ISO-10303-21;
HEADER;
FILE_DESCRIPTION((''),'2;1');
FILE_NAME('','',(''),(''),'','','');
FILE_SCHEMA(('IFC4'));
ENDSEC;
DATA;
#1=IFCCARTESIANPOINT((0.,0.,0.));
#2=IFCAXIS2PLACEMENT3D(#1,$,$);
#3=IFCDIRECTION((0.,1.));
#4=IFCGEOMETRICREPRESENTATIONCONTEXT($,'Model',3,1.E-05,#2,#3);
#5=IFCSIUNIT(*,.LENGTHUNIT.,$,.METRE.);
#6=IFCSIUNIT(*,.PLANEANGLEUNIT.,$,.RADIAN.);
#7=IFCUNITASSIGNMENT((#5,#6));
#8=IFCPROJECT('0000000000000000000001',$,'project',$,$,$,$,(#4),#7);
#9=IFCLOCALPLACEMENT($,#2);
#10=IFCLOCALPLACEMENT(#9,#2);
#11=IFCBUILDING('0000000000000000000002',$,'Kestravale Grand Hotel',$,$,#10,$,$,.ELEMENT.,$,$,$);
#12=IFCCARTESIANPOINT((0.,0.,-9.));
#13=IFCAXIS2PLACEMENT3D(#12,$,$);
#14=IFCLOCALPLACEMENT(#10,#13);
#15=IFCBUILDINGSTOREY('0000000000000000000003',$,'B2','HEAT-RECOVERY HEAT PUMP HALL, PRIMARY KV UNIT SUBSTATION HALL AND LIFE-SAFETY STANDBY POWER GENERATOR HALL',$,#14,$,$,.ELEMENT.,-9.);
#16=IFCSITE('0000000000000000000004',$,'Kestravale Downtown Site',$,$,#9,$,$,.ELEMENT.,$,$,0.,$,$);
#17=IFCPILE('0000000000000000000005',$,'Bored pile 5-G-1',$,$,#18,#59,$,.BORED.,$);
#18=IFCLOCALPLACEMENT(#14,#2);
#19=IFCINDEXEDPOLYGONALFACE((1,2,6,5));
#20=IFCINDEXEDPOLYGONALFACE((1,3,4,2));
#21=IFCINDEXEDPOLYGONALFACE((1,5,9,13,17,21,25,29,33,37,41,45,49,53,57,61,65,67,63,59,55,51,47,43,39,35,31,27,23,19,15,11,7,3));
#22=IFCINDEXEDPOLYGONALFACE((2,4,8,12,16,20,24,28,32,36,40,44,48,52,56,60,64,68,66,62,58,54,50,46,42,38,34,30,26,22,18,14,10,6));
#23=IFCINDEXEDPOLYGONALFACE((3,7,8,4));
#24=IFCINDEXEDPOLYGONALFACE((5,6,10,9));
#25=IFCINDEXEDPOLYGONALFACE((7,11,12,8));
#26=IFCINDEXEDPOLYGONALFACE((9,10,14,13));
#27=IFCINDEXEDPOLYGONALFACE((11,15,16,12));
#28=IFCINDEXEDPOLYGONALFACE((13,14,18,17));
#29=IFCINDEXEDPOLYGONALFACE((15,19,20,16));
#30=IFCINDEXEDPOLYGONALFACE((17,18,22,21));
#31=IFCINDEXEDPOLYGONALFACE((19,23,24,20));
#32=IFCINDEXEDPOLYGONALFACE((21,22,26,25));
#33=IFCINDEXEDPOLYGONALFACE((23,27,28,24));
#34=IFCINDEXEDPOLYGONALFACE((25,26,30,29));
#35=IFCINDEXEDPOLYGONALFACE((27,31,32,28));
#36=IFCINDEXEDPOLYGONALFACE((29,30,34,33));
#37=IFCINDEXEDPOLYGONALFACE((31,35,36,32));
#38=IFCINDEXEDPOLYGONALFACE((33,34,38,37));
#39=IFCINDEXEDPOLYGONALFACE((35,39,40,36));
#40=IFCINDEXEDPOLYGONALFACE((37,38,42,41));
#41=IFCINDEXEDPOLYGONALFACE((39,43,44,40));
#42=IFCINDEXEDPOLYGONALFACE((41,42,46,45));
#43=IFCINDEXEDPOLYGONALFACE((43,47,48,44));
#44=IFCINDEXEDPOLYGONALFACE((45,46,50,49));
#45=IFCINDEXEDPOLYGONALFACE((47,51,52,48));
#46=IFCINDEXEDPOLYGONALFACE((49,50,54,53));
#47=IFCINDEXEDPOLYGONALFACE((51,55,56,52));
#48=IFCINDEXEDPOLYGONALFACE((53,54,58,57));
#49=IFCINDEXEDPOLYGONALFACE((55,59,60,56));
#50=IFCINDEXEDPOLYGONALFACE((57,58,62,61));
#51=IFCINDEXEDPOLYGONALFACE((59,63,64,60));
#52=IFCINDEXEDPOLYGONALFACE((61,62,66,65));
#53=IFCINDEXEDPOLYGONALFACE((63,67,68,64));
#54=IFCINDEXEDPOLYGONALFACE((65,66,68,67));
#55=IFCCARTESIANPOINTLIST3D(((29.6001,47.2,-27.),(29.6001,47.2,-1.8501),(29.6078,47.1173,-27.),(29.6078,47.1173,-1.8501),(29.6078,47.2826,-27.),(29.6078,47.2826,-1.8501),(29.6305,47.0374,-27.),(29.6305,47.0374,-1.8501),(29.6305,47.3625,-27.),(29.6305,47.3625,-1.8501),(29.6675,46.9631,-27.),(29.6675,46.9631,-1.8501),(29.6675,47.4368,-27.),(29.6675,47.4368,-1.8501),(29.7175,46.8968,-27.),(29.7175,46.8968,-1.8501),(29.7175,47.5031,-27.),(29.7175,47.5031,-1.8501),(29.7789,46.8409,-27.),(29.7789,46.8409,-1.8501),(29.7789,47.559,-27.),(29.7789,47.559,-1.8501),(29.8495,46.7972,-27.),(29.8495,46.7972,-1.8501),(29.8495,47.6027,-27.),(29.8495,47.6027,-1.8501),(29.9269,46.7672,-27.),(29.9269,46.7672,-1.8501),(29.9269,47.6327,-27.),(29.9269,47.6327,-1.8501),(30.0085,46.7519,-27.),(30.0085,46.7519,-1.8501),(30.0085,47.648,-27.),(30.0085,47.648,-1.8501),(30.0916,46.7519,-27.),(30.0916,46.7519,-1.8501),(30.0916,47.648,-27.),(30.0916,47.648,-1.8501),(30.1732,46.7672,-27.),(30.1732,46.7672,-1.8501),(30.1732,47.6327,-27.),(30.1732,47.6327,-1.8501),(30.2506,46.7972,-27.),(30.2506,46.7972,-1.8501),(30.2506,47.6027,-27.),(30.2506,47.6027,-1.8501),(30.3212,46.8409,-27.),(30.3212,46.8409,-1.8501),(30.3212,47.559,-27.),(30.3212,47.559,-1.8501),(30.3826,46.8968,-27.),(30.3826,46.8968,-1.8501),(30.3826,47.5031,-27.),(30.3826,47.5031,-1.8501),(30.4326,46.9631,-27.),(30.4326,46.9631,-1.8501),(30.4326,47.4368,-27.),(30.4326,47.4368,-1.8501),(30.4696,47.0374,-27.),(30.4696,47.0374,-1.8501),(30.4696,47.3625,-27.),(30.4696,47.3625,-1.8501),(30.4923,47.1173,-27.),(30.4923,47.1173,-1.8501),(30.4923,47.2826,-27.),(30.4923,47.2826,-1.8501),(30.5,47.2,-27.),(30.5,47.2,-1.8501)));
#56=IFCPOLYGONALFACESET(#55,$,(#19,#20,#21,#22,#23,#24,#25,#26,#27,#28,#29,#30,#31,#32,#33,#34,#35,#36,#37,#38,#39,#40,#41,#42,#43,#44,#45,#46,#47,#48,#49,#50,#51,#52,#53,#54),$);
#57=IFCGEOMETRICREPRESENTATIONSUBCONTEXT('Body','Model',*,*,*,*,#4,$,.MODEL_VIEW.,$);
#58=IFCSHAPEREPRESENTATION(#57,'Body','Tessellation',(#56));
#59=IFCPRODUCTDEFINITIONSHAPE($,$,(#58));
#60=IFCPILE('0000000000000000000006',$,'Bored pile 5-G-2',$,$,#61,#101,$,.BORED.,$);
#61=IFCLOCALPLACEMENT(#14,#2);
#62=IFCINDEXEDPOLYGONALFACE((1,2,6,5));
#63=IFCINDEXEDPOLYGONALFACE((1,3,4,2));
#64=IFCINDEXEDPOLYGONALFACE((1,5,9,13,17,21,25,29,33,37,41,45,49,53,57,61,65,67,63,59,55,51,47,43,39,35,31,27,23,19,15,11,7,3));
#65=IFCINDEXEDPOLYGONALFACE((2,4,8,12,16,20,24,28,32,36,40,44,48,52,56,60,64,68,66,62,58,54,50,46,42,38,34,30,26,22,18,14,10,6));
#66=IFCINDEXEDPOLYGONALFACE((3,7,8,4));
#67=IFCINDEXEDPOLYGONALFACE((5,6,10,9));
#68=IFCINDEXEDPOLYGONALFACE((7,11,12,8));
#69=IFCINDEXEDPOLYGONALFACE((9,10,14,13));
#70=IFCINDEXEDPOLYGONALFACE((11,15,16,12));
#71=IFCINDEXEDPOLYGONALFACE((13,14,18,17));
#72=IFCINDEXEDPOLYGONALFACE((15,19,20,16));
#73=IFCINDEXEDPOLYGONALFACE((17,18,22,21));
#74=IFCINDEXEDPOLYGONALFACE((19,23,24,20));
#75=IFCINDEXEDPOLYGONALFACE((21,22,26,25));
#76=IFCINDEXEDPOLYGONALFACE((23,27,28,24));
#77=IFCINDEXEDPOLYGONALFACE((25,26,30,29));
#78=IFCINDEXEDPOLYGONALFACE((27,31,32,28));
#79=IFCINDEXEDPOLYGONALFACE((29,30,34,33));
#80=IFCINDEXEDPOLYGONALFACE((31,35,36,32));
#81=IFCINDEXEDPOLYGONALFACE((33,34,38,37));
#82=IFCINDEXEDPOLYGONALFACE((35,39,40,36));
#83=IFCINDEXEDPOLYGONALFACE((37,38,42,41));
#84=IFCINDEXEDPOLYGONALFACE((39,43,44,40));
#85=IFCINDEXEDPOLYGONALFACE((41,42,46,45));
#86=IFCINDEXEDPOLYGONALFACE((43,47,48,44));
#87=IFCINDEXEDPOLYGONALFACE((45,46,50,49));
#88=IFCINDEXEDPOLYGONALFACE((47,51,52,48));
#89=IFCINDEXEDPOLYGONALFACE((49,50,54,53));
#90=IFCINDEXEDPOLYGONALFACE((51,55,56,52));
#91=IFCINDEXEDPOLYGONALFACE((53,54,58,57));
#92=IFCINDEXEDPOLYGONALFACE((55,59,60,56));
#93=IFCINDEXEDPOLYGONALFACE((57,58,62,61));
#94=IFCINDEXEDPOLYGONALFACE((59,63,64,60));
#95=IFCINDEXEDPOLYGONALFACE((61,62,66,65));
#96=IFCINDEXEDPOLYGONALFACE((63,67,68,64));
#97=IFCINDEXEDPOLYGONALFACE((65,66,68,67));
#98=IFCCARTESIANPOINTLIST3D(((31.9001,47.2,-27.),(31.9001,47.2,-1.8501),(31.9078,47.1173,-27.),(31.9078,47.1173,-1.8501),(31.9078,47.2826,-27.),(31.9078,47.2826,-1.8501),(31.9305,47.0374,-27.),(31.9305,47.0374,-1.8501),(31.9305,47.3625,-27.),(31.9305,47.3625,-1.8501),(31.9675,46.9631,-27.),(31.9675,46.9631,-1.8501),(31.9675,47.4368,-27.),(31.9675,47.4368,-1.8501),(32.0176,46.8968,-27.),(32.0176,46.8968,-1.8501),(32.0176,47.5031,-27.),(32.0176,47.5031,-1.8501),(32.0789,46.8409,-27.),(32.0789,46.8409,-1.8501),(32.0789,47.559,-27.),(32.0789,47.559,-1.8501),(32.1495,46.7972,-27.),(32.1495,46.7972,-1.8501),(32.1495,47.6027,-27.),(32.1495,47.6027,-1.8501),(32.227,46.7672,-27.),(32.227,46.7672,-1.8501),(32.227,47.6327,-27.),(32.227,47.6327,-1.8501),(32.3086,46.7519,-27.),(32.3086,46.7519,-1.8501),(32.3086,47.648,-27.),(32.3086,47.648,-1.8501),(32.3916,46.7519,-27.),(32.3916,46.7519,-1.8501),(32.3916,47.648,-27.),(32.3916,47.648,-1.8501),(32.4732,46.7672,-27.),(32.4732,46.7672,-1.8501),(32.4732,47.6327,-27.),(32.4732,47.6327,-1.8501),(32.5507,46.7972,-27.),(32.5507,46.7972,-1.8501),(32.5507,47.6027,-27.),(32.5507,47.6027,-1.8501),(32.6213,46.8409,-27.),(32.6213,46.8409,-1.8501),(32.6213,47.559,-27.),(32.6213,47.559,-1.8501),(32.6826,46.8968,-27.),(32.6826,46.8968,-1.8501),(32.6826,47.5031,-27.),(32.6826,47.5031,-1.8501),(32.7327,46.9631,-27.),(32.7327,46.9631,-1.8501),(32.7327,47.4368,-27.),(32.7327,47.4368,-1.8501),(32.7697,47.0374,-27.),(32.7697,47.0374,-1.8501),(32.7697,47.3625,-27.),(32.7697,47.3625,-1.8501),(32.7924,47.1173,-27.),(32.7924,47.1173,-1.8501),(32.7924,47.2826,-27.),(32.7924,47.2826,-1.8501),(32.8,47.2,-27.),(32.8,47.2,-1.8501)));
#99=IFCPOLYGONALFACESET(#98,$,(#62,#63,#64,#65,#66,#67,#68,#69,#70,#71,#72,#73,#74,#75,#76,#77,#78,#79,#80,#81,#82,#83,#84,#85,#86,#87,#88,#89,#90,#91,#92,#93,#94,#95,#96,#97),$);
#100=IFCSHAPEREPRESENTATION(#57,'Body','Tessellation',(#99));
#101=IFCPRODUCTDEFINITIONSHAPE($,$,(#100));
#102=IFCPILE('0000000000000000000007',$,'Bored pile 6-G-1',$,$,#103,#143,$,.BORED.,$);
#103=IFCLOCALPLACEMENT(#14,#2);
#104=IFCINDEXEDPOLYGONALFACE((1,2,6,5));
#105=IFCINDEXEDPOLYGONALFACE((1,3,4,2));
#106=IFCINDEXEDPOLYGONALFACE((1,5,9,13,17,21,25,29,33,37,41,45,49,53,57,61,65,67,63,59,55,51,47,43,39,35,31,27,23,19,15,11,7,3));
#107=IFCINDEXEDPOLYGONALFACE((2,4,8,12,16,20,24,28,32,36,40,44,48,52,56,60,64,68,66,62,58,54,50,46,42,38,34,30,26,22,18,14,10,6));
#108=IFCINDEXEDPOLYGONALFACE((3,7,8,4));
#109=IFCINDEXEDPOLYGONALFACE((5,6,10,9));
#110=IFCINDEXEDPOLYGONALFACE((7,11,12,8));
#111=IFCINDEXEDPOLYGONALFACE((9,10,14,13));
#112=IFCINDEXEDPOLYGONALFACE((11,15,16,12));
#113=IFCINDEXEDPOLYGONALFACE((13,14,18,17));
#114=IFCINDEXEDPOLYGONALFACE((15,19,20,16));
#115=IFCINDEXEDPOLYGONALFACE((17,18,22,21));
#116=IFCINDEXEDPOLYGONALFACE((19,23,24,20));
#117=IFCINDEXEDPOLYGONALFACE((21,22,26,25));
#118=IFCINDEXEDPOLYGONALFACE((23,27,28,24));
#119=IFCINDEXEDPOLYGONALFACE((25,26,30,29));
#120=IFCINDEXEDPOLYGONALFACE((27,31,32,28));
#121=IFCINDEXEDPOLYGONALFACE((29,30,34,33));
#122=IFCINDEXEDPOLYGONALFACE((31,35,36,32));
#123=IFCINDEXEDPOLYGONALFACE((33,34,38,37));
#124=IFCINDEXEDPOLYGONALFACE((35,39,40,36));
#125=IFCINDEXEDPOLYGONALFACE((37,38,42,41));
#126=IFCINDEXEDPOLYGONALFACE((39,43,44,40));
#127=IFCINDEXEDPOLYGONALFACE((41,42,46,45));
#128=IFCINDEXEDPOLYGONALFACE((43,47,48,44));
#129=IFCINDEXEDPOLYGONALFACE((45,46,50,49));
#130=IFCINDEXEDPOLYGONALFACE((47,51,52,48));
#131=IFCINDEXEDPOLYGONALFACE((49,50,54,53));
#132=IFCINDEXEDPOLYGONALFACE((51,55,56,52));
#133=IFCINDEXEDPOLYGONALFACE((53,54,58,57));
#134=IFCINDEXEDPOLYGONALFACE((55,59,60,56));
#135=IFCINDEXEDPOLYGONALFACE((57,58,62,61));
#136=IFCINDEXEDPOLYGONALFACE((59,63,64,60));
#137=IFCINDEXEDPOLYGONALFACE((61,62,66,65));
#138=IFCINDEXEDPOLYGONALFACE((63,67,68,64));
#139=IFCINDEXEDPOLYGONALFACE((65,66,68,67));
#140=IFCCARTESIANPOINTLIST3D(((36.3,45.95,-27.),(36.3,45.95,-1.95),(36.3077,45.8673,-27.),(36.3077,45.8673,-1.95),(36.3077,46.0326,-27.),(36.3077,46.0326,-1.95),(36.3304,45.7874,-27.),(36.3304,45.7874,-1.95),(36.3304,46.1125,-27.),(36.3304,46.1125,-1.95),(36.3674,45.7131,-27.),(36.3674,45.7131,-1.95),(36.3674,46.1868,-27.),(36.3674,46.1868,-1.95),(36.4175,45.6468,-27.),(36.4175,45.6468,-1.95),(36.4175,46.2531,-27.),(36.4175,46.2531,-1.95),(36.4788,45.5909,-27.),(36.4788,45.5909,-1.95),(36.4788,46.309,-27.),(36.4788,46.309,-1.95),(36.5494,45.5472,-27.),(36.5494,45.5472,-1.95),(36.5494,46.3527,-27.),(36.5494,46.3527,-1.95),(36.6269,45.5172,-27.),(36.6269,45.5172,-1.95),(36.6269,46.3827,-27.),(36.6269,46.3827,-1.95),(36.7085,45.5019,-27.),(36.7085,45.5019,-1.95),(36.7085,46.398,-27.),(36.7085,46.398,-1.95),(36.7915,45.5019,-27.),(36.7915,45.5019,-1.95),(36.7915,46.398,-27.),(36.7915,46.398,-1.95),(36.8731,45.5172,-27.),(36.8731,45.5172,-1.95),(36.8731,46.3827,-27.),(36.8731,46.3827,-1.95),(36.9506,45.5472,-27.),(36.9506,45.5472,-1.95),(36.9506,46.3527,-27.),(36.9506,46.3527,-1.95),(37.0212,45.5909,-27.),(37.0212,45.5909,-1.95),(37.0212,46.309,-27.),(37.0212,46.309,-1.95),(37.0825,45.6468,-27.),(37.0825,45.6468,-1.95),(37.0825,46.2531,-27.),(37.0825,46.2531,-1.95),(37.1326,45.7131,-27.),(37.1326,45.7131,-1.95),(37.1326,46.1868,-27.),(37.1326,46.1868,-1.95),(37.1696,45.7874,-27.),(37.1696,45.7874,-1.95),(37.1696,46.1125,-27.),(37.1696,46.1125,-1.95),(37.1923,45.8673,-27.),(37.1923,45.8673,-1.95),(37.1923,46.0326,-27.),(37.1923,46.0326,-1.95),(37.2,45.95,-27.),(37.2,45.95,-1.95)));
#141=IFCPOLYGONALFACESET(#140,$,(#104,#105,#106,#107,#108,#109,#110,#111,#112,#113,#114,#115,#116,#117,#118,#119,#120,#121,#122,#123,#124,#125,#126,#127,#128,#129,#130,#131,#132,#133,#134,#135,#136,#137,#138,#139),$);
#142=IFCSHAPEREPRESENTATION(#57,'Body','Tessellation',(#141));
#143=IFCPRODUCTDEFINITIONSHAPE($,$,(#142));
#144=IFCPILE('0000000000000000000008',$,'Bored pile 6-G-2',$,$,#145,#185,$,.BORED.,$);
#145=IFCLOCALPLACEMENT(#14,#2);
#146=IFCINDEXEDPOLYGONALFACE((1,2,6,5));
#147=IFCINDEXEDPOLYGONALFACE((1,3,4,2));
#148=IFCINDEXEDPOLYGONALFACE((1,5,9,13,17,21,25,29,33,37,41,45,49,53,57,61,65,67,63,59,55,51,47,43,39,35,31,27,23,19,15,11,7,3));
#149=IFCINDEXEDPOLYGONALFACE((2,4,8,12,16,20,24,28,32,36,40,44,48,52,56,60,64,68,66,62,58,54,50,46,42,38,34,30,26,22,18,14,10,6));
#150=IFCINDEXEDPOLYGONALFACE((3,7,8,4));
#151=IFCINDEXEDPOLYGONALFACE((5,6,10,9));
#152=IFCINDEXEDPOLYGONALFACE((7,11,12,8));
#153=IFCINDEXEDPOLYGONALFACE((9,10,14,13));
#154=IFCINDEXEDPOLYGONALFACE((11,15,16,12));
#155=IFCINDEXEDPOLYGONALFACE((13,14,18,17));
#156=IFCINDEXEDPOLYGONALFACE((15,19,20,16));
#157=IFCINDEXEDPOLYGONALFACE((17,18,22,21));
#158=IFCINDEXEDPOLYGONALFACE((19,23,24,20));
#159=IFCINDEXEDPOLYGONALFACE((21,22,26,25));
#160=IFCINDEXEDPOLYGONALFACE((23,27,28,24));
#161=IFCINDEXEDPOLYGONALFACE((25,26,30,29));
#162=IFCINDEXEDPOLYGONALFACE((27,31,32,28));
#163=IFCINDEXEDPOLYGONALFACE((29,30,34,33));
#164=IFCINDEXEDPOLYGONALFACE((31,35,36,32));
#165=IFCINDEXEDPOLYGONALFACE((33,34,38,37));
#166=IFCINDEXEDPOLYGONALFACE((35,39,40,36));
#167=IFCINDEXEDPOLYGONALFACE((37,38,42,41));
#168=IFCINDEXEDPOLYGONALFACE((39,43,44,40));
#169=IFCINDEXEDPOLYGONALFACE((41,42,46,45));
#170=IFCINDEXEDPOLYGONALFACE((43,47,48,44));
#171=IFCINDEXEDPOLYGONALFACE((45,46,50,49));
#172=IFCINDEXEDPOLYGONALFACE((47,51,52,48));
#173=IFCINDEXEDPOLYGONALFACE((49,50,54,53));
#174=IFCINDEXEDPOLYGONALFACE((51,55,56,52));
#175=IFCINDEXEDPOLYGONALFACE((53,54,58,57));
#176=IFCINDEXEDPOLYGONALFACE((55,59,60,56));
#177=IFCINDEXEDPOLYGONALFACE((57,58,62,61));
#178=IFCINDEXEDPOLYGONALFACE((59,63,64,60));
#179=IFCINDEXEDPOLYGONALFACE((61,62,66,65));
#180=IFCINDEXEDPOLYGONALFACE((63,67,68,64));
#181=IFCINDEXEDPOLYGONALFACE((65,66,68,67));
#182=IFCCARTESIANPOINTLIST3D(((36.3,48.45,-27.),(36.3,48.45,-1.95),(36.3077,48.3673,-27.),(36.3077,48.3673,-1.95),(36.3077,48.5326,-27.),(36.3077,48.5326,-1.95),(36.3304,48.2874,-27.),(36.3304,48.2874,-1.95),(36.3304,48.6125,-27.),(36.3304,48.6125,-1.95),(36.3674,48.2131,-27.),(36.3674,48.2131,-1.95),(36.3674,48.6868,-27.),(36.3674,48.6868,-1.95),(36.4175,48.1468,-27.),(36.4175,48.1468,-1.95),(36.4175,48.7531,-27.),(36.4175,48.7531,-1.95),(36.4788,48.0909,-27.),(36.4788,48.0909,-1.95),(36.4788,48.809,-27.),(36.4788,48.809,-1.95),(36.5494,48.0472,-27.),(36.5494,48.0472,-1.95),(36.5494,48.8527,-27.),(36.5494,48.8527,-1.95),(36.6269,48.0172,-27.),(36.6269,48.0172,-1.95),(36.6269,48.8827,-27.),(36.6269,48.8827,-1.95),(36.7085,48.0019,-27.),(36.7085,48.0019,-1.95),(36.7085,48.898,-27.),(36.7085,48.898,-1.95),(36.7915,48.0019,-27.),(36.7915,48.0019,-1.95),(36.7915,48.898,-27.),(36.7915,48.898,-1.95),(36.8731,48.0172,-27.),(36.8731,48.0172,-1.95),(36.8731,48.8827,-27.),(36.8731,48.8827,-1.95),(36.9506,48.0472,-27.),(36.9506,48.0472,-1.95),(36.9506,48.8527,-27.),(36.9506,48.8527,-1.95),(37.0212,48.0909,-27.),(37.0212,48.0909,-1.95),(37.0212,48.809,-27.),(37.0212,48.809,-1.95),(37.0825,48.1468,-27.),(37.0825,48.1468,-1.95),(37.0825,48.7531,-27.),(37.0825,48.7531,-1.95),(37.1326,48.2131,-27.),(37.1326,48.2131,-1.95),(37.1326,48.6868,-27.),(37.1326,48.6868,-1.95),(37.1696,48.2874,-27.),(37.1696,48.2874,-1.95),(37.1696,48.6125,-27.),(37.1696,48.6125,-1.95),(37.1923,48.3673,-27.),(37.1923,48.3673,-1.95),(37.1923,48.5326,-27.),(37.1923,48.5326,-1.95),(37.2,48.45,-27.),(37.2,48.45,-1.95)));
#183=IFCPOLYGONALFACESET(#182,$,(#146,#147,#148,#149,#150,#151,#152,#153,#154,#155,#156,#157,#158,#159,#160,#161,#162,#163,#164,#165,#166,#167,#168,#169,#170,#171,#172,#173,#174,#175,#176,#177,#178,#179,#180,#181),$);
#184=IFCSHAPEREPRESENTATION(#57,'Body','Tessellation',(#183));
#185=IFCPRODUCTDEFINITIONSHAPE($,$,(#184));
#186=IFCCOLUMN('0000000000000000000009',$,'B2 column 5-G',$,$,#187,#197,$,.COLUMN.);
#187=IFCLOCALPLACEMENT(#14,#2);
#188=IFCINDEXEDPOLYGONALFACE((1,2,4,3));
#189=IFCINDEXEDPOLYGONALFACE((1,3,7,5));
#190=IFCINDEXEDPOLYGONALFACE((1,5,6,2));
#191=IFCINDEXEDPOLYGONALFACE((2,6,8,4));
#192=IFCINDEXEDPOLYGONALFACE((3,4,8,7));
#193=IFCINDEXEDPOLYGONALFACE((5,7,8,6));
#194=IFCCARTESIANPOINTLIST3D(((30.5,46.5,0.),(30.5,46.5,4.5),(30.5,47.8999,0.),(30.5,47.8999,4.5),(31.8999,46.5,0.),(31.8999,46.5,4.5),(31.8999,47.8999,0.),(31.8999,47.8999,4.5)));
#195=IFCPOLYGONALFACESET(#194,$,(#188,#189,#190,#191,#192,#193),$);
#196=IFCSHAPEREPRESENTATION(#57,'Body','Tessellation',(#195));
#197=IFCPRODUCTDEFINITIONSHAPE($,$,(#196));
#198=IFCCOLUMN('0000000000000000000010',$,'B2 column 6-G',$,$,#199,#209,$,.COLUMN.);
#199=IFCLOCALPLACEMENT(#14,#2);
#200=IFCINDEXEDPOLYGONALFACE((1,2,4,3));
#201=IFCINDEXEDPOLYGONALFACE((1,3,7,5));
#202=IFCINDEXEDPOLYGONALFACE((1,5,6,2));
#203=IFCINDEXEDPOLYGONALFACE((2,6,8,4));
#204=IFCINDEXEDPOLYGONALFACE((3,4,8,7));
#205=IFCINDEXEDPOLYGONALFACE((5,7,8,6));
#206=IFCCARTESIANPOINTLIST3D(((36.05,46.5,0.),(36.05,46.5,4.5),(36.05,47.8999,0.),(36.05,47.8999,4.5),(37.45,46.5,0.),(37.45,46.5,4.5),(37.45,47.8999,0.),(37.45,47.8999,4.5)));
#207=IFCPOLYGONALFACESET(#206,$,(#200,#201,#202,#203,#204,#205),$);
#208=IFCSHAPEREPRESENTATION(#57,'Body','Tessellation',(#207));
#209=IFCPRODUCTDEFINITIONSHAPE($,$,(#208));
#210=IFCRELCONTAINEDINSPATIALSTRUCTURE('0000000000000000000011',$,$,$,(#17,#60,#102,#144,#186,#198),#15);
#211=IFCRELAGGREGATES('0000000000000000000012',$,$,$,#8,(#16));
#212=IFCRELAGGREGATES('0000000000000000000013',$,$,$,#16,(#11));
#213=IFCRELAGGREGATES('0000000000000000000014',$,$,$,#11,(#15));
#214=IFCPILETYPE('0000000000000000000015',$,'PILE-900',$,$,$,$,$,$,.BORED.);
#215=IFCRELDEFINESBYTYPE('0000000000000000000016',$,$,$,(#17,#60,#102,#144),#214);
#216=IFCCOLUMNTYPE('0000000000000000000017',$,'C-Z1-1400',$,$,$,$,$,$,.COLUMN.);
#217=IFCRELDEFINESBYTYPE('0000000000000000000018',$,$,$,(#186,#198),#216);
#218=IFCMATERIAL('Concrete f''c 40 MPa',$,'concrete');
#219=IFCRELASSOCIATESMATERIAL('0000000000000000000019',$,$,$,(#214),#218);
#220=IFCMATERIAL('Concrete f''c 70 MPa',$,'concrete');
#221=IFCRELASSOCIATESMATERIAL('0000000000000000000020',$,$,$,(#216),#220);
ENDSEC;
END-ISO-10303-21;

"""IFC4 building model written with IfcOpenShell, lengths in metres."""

from ifc_helpers import new_model, si_unit, direction, frame, origin, origin_2d, place, context, subcontext, project, spatial, rectangle, circle, extrude, material, material_profile, profile_set, type_object, element, save


model = new_model("IFC4")

# Units and contexts
model_context = context("Model", 3, precision=1e-05, world=origin(), true_north=direction((0.0, 1.0)))
body_context = subcontext(model_context, "Body", "Model", "MODEL_VIEW")
ifc_project = project(units=[si_unit("LENGTHUNIT", "METRE"), si_unit("PLANEANGLEUNIT", "RADIAN")], contexts=[model_context])

# Site, building, storey
site_placement = place(None, origin())
site = spatial("IfcSite", under=ifc_project, at=site_placement, Name="Kestravale Downtown Site", CompositionType="ELEMENT", RefElevation=0.0)
building_placement = place(site_placement, origin())
building = spatial("IfcBuilding", under=site, at=building_placement, Name="Kestravale Grand Hotel", CompositionType="ELEMENT")
storey_placement = place(building_placement, frame((0.0, 0.0, -9.0)))
storey = spatial("IfcBuildingStorey", under=building, at=storey_placement, Name="B2", Description="HEAT-RECOVERY HEAT PUMP HALL, PRIMARY KV UNIT SUBSTATION HALL AND LIFE-SAFETY STANDBY POWER GENERATOR HALL", CompositionType="ELEMENT", Elevation=-9.0)

# Piles
ifc_material_1 = material(Name="Concrete f'c 40 MPa", Category="concrete")
ifc_material_profile_1 = material_profile(ifc_material_1, circle(Radius=0.45, at=origin_2d()))
ifc_profile_set_1 = profile_set([ifc_material_profile_1], Name="Concrete f'c 40 MPa")
pile_type_1 = type_object("IfcPileType", Name="PILE-900", PredefinedType="BORED", material=ifc_profile_set_1)
for number, where, z_axis, x_axis, name in (
    (1, (30.05, 47.2, -1.8501), (0.0, 0.0, -1.0), (1.0, 0.0, 0.0), "Bored pile 5-G-1"),
    (2, (32.3501, 47.2, -1.8501), (0.0, 0.0, -1.0), (1.0, 0.0, 0.0), "Bored pile 5-G-2"),
):
    element("IfcPile", number, at=place(storey_placement, frame(where, z_axis=z_axis, x_axis=x_axis)), inside=storey, type_object=pile_type_1, Name=name, PredefinedType="BORED", context=body_context, shape_type="SweptSolid", body=[
        extrude(circle(Radius=0.45, at=origin_2d()), origin(), (0.0, 0.0, 1.0), 25.1499),
    ])
for number, where, z_axis, x_axis, name in (
    (3, (36.75, 45.95, -1.95), (0.0, 0.0, -1.0), (1.0, 0.0, 0.0), "Bored pile 6-G-1"),
    (4, (36.75, 48.45, -1.95), (0.0, 0.0, -1.0), (1.0, 0.0, 0.0), "Bored pile 6-G-2"),
):
    element("IfcPile", number, at=place(storey_placement, frame(where, z_axis=z_axis, x_axis=x_axis)), inside=storey, type_object=pile_type_1, Name=name, PredefinedType="BORED", context=body_context, shape_type="SweptSolid", body=[
        extrude(circle(Radius=0.45, at=origin_2d()), origin(), (0.0, 0.0, 1.0), 25.05),
    ])

# Columns
ifc_material_2 = material(Name="Concrete f'c 70 MPa", Category="concrete")
ifc_material_profile_2 = material_profile(ifc_material_2, rectangle(XDim=1.3999, YDim=1.3999, at=origin_2d()))
ifc_profile_set_2 = profile_set([ifc_material_profile_2], Name="Concrete f'c 70 MPa")
column_type = type_object("IfcColumnType", Name="C-Z1-1400", PredefinedType="COLUMN", material=ifc_profile_set_2)
for number, where, z_axis, x_axis, name in (
    (5, (31.2, 47.2, 0.0), (0.0, 0.0, 1.0), (1.0, 0.0, 0.0), "B2 column 5-G"),
    (6, (36.75, 47.2, 0.0), (0.0, 0.0, 1.0), (1.0, 0.0, 0.0), "B2 column 6-G"),
):
    element("IfcColumn", number, at=place(storey_placement, frame(where, z_axis=z_axis, x_axis=x_axis)), inside=storey, type_object=column_type, Name=name, PredefinedType="COLUMN", context=body_context, shape_type="SweptSolid", body=[
        extrude(rectangle(XDim=1.3999, YDim=1.3999, at=origin_2d()), origin(), (0.0, 0.0, 1.0), 4.5),
    ])

save(model, "model.ifc")
